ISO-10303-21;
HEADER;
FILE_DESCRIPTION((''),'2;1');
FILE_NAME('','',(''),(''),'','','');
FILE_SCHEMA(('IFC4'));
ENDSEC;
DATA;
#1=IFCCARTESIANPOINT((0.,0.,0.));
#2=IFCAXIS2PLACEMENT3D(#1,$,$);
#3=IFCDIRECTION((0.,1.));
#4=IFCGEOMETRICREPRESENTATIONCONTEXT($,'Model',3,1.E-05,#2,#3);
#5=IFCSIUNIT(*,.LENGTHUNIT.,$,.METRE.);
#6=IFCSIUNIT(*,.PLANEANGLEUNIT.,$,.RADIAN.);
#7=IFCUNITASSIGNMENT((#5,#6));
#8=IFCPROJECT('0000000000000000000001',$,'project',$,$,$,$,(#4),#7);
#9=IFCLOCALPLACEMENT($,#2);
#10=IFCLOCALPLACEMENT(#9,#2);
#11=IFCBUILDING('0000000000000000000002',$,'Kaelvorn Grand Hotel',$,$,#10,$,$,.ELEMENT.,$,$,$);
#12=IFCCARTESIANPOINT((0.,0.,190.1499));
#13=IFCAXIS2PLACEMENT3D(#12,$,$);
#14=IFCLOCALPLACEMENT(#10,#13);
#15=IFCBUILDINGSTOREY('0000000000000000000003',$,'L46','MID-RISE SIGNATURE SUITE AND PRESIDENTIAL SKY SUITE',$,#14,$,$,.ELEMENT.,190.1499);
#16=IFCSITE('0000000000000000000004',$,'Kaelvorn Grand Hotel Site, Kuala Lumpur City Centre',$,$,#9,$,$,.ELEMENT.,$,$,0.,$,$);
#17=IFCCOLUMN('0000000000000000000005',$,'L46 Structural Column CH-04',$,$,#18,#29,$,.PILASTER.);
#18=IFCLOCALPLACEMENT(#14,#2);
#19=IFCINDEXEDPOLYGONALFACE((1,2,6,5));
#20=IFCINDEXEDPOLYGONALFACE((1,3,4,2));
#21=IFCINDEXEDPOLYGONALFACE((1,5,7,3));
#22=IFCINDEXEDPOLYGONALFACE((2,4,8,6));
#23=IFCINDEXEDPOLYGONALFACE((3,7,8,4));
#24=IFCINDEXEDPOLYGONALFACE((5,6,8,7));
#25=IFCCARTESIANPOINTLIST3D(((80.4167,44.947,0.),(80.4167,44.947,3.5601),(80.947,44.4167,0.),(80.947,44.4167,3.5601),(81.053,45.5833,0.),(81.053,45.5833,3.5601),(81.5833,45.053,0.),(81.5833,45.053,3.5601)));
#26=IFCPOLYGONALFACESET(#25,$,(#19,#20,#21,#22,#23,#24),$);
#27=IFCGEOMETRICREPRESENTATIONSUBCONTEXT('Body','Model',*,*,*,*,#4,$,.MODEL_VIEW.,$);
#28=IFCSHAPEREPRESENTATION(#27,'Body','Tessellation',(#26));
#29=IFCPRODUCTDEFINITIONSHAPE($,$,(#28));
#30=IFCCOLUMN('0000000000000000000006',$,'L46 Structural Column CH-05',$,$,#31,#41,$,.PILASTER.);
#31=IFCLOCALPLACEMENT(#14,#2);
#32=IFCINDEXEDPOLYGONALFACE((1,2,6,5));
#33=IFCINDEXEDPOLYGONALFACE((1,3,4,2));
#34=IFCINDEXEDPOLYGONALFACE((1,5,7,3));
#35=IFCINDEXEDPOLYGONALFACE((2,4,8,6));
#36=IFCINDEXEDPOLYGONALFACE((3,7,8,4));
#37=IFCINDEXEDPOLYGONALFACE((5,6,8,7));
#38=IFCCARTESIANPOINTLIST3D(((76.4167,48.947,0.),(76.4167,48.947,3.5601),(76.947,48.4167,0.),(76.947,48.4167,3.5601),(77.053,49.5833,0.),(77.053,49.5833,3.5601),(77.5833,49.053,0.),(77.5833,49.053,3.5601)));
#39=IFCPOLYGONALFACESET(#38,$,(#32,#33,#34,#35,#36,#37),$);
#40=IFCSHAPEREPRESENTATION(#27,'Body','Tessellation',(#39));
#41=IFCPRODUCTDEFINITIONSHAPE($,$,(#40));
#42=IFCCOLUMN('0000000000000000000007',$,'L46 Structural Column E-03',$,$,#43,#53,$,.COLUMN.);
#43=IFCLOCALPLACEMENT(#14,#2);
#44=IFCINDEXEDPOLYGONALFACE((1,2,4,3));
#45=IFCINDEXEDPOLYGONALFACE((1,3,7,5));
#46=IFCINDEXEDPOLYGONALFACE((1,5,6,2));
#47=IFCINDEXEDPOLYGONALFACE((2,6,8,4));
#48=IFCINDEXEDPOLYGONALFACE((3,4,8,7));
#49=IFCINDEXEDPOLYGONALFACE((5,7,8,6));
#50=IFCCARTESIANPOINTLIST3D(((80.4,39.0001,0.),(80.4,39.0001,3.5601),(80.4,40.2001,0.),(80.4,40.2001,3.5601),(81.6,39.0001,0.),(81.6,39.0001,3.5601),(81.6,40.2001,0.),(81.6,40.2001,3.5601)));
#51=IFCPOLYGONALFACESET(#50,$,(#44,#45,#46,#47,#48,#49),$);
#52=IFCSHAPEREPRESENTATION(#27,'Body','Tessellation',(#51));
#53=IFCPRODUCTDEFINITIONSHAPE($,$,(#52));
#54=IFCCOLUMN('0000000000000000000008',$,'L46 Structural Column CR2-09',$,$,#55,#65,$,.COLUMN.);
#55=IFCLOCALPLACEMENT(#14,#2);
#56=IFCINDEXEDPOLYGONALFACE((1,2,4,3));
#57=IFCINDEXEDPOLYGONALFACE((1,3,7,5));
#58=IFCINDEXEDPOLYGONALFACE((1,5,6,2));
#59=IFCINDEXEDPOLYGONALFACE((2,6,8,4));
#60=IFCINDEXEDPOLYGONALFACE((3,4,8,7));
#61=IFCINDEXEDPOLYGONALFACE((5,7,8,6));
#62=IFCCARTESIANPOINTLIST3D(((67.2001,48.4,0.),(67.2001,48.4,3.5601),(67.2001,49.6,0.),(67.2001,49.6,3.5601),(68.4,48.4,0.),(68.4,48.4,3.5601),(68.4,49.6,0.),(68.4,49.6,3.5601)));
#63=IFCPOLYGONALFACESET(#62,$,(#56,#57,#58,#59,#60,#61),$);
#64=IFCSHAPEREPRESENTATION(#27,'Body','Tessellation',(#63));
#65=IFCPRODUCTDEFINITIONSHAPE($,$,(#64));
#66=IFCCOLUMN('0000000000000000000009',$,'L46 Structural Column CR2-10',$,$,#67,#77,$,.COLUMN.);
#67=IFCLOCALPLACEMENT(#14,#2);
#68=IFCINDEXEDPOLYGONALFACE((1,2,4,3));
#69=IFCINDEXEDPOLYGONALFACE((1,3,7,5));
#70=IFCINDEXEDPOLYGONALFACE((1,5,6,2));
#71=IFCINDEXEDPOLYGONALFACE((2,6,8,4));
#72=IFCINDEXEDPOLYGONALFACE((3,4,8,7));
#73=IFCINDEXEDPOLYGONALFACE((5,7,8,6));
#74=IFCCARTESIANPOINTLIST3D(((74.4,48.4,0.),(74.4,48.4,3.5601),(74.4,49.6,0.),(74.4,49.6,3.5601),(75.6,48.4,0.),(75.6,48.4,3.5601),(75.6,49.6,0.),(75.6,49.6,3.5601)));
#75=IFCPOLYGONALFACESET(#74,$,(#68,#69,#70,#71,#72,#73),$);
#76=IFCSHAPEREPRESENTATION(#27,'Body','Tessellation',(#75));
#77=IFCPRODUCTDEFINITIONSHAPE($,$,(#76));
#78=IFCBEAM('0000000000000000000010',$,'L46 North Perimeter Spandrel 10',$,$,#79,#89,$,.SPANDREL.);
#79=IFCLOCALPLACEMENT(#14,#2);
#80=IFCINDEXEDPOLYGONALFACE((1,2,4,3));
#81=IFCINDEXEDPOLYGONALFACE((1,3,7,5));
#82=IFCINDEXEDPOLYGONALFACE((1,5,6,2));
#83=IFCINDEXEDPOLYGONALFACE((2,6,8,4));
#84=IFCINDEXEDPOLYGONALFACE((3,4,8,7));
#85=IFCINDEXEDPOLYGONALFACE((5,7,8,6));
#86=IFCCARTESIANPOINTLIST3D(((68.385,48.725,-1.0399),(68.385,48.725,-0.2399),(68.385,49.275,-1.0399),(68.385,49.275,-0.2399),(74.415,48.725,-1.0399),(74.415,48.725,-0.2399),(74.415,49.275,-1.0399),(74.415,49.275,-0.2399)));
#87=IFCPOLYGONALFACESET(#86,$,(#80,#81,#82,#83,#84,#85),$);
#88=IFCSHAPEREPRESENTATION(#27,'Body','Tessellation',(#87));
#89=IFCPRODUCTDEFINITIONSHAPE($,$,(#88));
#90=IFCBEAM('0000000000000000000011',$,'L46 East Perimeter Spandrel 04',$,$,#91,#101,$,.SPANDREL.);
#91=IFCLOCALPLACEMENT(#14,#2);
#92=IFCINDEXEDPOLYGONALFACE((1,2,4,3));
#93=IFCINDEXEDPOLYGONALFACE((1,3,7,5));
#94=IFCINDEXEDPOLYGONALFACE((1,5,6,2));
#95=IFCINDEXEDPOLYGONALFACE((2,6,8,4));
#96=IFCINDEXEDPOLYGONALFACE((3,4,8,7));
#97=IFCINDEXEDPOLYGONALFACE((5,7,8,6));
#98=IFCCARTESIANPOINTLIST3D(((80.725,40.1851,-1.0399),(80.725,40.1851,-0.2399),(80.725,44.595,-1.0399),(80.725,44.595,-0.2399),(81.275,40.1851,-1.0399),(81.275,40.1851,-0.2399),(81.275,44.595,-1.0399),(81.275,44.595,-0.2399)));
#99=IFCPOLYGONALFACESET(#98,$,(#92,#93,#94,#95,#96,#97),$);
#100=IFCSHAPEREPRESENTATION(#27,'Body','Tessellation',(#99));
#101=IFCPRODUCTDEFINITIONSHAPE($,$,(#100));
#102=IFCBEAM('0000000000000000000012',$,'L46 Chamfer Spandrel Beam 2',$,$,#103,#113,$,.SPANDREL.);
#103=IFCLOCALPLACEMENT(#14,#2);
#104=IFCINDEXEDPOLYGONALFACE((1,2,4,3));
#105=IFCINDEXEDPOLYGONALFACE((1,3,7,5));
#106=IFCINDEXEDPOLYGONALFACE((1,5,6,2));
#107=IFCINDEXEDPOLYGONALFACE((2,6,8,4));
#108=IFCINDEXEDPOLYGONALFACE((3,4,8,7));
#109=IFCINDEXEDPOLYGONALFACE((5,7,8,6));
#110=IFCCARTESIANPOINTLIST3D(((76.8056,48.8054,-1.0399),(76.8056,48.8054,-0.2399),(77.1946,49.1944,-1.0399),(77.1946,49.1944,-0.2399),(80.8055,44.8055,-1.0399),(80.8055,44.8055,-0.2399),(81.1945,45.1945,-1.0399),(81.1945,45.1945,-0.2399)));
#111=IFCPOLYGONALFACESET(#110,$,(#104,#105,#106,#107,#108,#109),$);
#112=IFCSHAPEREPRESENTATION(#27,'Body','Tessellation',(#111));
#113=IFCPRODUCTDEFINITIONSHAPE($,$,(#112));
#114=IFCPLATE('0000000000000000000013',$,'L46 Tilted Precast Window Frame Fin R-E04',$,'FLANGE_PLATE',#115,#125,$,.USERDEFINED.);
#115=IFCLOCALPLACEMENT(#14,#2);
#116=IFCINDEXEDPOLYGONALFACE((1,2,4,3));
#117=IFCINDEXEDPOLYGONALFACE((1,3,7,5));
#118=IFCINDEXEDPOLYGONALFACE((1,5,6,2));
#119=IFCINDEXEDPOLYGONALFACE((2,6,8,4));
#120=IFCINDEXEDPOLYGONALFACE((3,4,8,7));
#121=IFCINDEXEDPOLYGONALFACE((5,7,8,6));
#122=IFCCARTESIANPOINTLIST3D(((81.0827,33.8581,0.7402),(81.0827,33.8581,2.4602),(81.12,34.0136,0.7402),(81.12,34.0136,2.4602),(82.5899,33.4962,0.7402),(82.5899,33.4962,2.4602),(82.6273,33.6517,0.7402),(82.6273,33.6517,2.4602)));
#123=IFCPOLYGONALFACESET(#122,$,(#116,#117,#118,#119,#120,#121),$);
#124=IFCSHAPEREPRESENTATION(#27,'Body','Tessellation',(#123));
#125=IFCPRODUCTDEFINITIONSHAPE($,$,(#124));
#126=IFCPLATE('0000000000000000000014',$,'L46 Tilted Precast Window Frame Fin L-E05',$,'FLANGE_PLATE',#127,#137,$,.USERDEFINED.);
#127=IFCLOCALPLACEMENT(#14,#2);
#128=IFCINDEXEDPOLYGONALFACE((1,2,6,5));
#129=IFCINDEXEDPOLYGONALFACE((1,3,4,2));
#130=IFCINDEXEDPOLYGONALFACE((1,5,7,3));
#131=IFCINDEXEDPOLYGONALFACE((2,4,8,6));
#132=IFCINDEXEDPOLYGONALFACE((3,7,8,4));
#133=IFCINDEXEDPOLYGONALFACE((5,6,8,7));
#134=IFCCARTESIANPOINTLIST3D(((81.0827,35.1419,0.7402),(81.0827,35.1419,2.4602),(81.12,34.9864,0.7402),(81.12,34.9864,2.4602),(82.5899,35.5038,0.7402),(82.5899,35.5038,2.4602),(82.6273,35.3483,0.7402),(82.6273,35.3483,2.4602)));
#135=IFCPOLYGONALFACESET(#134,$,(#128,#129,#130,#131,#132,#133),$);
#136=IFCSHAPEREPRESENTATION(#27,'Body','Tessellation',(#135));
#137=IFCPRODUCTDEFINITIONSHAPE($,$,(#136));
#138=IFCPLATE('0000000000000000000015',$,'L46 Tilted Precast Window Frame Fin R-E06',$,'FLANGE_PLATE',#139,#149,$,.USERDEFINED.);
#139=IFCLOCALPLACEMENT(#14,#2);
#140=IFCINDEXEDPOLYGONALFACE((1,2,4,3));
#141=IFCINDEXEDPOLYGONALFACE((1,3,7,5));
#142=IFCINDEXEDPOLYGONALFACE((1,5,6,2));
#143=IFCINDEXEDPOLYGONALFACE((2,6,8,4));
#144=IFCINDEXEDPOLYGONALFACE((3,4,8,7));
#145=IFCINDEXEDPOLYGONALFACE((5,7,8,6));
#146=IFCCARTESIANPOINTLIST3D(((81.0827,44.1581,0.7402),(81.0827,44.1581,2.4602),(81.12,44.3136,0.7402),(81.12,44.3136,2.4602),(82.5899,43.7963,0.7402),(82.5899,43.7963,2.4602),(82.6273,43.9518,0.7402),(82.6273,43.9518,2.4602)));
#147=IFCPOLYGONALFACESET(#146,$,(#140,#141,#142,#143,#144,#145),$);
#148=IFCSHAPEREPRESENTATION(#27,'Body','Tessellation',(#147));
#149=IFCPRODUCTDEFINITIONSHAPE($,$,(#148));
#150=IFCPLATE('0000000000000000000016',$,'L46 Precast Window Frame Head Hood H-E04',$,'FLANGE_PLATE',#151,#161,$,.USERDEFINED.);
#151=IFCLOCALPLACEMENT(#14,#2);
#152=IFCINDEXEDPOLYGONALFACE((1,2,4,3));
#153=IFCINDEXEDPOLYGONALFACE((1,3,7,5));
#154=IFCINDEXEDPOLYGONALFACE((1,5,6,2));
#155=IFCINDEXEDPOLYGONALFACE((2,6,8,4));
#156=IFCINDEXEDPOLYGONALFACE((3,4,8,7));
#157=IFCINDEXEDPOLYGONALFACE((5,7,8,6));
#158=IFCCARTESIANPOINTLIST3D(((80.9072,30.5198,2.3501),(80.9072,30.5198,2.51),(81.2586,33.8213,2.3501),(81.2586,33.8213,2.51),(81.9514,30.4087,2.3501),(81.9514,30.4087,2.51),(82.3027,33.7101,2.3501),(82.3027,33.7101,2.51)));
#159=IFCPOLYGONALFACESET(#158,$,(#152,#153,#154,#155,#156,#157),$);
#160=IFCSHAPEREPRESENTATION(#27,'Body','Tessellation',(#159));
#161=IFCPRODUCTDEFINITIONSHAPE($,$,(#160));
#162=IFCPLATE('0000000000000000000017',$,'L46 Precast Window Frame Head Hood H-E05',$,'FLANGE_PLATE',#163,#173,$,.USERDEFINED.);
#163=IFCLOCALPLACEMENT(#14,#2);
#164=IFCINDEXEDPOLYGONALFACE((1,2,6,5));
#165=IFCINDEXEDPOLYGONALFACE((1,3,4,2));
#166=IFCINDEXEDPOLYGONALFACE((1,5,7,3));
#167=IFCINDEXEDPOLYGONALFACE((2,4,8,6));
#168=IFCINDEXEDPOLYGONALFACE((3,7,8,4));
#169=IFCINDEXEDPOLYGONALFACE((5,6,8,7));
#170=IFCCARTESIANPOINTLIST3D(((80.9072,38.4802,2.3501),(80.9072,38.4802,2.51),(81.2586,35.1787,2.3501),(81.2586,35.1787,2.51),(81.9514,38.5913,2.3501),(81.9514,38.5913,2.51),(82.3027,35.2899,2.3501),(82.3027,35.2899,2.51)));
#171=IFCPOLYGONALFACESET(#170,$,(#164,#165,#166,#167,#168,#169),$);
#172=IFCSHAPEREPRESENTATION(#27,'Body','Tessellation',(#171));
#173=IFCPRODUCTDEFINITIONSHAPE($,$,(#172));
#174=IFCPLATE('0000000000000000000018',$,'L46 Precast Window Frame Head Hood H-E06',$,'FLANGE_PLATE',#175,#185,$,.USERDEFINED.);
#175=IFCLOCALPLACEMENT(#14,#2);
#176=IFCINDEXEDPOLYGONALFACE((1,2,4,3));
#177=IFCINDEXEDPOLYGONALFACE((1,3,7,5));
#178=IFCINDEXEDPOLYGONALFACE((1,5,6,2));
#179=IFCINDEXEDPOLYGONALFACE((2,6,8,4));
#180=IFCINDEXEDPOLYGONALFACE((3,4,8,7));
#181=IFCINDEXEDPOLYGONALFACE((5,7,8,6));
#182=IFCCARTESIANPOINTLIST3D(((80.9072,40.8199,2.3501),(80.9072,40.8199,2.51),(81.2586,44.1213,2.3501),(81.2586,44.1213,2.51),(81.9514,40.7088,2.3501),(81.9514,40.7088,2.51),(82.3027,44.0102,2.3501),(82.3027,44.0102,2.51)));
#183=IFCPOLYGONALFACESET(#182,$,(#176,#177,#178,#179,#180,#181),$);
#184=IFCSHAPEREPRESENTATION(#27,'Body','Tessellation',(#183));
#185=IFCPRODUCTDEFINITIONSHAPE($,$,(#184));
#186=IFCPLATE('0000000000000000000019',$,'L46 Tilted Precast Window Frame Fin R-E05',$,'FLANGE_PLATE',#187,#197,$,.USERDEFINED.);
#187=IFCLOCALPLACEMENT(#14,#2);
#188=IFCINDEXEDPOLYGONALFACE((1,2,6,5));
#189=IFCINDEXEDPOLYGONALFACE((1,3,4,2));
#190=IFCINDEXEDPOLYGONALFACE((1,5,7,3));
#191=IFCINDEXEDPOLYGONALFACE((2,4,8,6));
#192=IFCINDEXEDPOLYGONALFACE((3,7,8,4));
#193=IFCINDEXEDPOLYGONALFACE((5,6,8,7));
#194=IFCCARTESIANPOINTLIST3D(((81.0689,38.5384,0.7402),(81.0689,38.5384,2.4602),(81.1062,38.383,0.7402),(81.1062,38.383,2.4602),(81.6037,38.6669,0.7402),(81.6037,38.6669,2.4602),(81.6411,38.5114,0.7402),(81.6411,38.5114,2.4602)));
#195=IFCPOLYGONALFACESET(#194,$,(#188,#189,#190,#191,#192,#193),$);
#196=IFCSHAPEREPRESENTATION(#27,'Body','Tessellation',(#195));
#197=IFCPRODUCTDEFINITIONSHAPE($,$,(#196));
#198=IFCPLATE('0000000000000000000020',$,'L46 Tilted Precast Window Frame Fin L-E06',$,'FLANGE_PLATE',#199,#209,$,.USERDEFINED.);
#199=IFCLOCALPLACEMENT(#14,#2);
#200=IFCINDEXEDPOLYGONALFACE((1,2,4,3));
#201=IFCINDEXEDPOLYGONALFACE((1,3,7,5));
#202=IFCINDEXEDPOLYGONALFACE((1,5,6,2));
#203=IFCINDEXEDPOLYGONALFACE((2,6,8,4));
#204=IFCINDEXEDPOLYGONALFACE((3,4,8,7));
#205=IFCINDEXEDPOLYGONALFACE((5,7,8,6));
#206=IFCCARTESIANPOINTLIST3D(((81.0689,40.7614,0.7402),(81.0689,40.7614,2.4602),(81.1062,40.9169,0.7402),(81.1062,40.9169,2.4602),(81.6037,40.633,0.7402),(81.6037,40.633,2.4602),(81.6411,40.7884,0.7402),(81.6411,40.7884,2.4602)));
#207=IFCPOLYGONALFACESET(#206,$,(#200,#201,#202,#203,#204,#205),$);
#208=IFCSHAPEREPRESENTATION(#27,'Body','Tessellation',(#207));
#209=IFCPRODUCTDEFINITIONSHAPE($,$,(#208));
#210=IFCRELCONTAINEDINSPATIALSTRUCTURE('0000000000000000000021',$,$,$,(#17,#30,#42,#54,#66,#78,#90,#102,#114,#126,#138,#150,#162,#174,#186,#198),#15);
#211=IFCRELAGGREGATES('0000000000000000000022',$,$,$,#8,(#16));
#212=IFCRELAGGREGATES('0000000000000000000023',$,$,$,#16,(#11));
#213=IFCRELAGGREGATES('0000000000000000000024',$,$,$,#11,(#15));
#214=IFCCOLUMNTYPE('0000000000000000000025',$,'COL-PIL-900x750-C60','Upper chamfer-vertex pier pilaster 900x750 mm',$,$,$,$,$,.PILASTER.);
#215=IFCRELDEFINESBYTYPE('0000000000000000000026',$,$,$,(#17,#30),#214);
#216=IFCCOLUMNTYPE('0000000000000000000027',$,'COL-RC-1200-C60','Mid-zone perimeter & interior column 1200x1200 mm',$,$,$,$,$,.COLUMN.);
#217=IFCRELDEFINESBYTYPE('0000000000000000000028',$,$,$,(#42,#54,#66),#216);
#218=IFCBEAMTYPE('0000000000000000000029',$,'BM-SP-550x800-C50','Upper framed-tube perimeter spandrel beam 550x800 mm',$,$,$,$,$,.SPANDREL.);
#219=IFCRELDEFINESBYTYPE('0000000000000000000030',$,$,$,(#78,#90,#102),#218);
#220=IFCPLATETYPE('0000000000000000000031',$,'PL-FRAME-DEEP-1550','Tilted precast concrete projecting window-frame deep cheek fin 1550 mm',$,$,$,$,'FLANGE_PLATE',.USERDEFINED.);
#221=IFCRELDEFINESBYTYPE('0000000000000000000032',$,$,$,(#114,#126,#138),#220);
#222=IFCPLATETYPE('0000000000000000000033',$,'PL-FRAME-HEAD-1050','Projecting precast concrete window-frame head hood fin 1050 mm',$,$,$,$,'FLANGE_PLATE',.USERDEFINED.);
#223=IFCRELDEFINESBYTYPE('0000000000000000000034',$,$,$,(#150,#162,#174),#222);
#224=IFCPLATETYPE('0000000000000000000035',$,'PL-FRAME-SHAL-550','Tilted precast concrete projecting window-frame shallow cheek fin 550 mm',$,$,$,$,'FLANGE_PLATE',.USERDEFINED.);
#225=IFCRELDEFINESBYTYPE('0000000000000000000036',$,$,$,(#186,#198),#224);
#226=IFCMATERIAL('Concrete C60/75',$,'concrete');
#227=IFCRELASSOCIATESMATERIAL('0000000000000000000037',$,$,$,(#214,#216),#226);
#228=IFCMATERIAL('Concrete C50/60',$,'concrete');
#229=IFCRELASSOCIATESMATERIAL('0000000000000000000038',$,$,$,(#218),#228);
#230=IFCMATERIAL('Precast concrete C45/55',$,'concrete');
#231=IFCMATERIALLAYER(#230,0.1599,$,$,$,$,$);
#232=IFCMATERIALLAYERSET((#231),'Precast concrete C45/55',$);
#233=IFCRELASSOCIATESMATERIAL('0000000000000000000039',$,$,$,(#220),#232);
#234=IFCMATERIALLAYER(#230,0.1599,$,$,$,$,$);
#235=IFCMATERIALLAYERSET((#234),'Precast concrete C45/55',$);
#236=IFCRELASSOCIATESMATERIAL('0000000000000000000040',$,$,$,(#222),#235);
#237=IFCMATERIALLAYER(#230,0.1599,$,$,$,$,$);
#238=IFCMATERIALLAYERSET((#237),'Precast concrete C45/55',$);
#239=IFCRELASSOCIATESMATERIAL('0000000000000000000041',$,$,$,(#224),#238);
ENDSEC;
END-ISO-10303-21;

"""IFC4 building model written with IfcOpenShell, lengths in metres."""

from ifc_helpers import new_model, si_unit, direction, frame, origin, origin_2d, place, context, subcontext, project, spatial, rectangle, extrude, material, layer, layer_set, material_profile, profile_set, type_object, element, save


model = new_model("IFC4")

# Units and contexts
model_context = context("Model", 3, precision=1e-05, world=origin(), true_north=direction((0.0, 1.0)))
body_context = subcontext(model_context, "Body", "Model", "MODEL_VIEW")
ifc_project = project(units=[si_unit("LENGTHUNIT", "METRE"), si_unit("PLANEANGLEUNIT", "RADIAN")], contexts=[model_context])

# Site, building, storey
site_placement = place(None, origin())
site = spatial("IfcSite", under=ifc_project, at=site_placement, Name="Kaelvorn Grand Hotel Site, Kuala Lumpur City Centre", CompositionType="ELEMENT", RefElevation=0.0)
building_placement = place(site_placement, origin())
building = spatial("IfcBuilding", under=site, at=building_placement, Name="Kaelvorn Grand Hotel", CompositionType="ELEMENT")
storey_placement = place(building_placement, frame((0.0, 0.0, 190.1499)))
storey = spatial("IfcBuildingStorey", under=building, at=storey_placement, Name="L46", Description="MID-RISE SIGNATURE SUITE AND PRESIDENTIAL SKY SUITE", CompositionType="ELEMENT", Elevation=190.1499)

# Columns
ifc_material_1 = material(Name="Concrete C60/75", Category="concrete")
ifc_material_profile_1 = material_profile(ifc_material_1, rectangle(XDim=0.8999, YDim=0.75, at=origin_2d()), Name="RC PILASTER 900x750")
ifc_profile_set_1 = profile_set([ifc_material_profile_1], Name="Concrete C60/75")
column_type_1 = type_object("IfcColumnType", Name="COL-PIL-900x750-C60", Description="Upper chamfer-vertex pier pilaster 900x750 mm", PredefinedType="PILASTER", material=ifc_profile_set_1)
for number, where, z_axis, x_axis, name in (
    (1, (81.0, 45.0, 0.0), (0.0, 0.0, 1.0), (0.707107, 0.707107, 0.0), "L46 Structural Column CH-04"),
    (2, (77.0, 49.0, 0.0), (0.0, 0.0, 1.0), (0.707107, 0.707107, 0.0), "L46 Structural Column CH-05"),
):
    element("IfcColumn", number, at=place(storey_placement, frame(where, z_axis=z_axis, x_axis=x_axis)), inside=storey, type_object=column_type_1, Name=name, PredefinedType="PILASTER", context=body_context, shape_type="SweptSolid", body=[
        extrude(rectangle(XDim=0.8999, YDim=0.75, at=origin_2d()), origin(), (0.0, 0.0, 1.0), 3.5601),
    ])
ifc_material_profile_2 = material_profile(ifc_material_1, rectangle(XDim=1.2, YDim=1.2, at=origin_2d()), Name="RC COL 1200x1200")
ifc_profile_set_2 = profile_set([ifc_material_profile_2], Name="Concrete C60/75")
column_type_2 = type_object("IfcColumnType", Name="COL-RC-1200-C60", Description="Mid-zone perimeter & interior column 1200x1200 mm", PredefinedType="COLUMN", material=ifc_profile_set_2)
for number, where, z_axis, x_axis, name in (
    (3, (81.0, 39.6001, 0.0), (0.0, 0.0, 1.0), (1.0, 0.0, 0.0), "L46 Structural Column E-03"),
    (4, (67.8, 49.0, 0.0), (0.0, 0.0, 1.0), (1.0, 0.0, 0.0), "L46 Structural Column CR2-09"),
    (5, (75.0, 49.0, 0.0), (0.0, 0.0, 1.0), (1.0, 0.0, 0.0), "L46 Structural Column CR2-10"),
):
    element("IfcColumn", number, at=place(storey_placement, frame(where, z_axis=z_axis, x_axis=x_axis)), inside=storey, type_object=column_type_2, Name=name, PredefinedType="COLUMN", context=body_context, shape_type="SweptSolid", body=[
        extrude(rectangle(XDim=1.2, YDim=1.2, at=origin_2d()), origin(), (0.0, 0.0, 1.0), 3.5601),
    ])

# Beams
ifc_material_2 = material(Name="Concrete C50/60", Category="concrete")
ifc_material_profile_3 = material_profile(ifc_material_2, rectangle(XDim=0.55, YDim=0.8, at=origin_2d()), Name="RC SPANDREL 550x800")
ifc_profile_set_3 = profile_set([ifc_material_profile_3], Name="Concrete C50/60")
beam_type = type_object("IfcBeamType", Name="BM-SP-550x800-C50", Description="Upper framed-tube perimeter spandrel beam 550x800 mm", PredefinedType="SPANDREL", material=ifc_profile_set_3)
beam_1_placement = place(storey_placement, frame((68.385, 49.0, -0.6399), z_axis=(1.0, 0.0, 0.0), x_axis=(0.0, 1.0, 0.0)))
element("IfcBeam", 6, at=beam_1_placement, inside=storey, type_object=beam_type, Name="L46 North Perimeter Spandrel 10", PredefinedType="SPANDREL", context=body_context, shape_type="SweptSolid", body=[
    extrude(rectangle(XDim=0.55, YDim=0.8, at=origin_2d()), origin(), (0.0, 0.0, 1.0), 6.03),
])
beam_2_placement = place(storey_placement, frame((81.0, 40.1851, -0.6399), z_axis=(0.0, 1.0, 0.0), x_axis=(-1.0, 0.0, 0.0)))
element("IfcBeam", 7, at=beam_2_placement, inside=storey, type_object=beam_type, Name="L46 East Perimeter Spandrel 04", PredefinedType="SPANDREL", context=body_context, shape_type="SweptSolid", body=[
    extrude(rectangle(XDim=0.55, YDim=0.8, at=origin_2d()), origin(), (0.0, 0.0, 1.0), 4.4099),
])
beam_3_placement = place(storey_placement, frame((81.0, 45.0, -0.6399), z_axis=(-0.707107, 0.707107, 0.0), x_axis=(-0.707107, -0.707107, 0.0)))
element("IfcBeam", 8, at=beam_3_placement, inside=storey, type_object=beam_type, Name="L46 Chamfer Spandrel Beam 2", PredefinedType="SPANDREL", context=body_context, shape_type="SweptSolid", body=[
    extrude(rectangle(XDim=0.55, YDim=0.8, at=origin_2d()), origin(), (0.0, 0.0, 1.0), 5.6567),
])

# Plates
ifc_material_3 = material(Name="Precast concrete C45/55", Category="concrete")
ifc_layer_1 = layer(ifc_material_3, 0.1599)
ifc_layer_set_1 = layer_set([ifc_layer_1], Name="Precast concrete C45/55")
plate_type_1 = type_object("IfcPlateType", Name="PL-FRAME-DEEP-1550", Description="Tilted precast concrete projecting window-frame deep cheek fin 1550 mm", ElementType="FLANGE_PLATE", PredefinedType="USERDEFINED", material=ifc_layer_set_1)
for number, where, z_axis, x_axis, name in (
    (9, (81.855, 33.7549, 0.7402), (0.0, 0.0, 1.0), (0.233445, 0.97237, 0.0), "L46 Tilted Precast Window Frame Fin R-E04"),
    (10, (81.855, 35.2451, 0.7402), (0.0, 0.0, 1.0), (-0.233445, 0.97237, 0.0), "L46 Tilted Precast Window Frame Fin L-E05"),
    (11, (81.855, 44.0549, 0.7402), (0.0, 0.0, 1.0), (0.233445, 0.97237, 0.0), "L46 Tilted Precast Window Frame Fin R-E06"),
):
    element("IfcPlate", number, at=place(storey_placement, frame(where, z_axis=z_axis, x_axis=x_axis)), inside=storey, type_object=plate_type_1, Name=name, ObjectType="FLANGE_PLATE", PredefinedType="USERDEFINED", context=body_context, shape_type="SweptSolid", body=[
        extrude(rectangle(XDim=0.1599, YDim=1.55, at=origin_2d()), origin(), (0.0, 0.0, 1.0), 1.72),
    ])
ifc_layer_2 = layer(ifc_material_3, 0.1599)
ifc_layer_set_2 = layer_set([ifc_layer_2], Name="Precast concrete C45/55")
plate_type_2 = type_object("IfcPlateType", Name="PL-FRAME-HEAD-1050", Description="Projecting precast concrete window-frame head hood fin 1050 mm", ElementType="FLANGE_PLATE", PredefinedType="USERDEFINED", material=ifc_layer_set_2)
for number, where, z_axis, x_axis, name in (
    (12, (81.605, 32.115, 2.3501), (0.0, 0.0, 1.0), (0.10583, 0.994384, 0.0), "L46 Precast Window Frame Head Hood H-E04"),
    (13, (81.605, 36.885, 2.3501), (0.0, 0.0, 1.0), (-0.10583, 0.994384, 0.0), "L46 Precast Window Frame Head Hood H-E05"),
    (14, (81.605, 42.415, 2.3501), (0.0, 0.0, 1.0), (0.10583, 0.994384, 0.0), "L46 Precast Window Frame Head Hood H-E06"),
):
    element("IfcPlate", number, at=place(storey_placement, frame(where, z_axis=z_axis, x_axis=x_axis)), inside=storey, type_object=plate_type_2, Name=name, ObjectType="FLANGE_PLATE", PredefinedType="USERDEFINED", context=body_context, shape_type="SweptSolid", body=[
        extrude(rectangle(XDim=3.3201, YDim=1.05, at=origin_2d()), origin(), (0.0, 0.0, 1.0), 0.1599),
    ])
ifc_layer_3 = layer(ifc_material_3, 0.1599)
ifc_layer_set_3 = layer_set([ifc_layer_3], Name="Precast concrete C45/55")
plate_type_3 = type_object("IfcPlateType", Name="PL-FRAME-SHAL-550", Description="Tilted precast concrete projecting window-frame shallow cheek fin 550 mm", ElementType="FLANGE_PLATE", PredefinedType="USERDEFINED", material=ifc_layer_set_3)
for number, where, z_axis, x_axis, name in (
    (15, (81.355, 38.5249, 0.7402), (0.0, 0.0, 1.0), (-0.233445, 0.97237, 0.0), "L46 Tilted Precast Window Frame Fin R-E05"),
    (16, (81.355, 40.7749, 0.7402), (0.0, 0.0, 1.0), (0.233445, 0.97237, 0.0), "L46 Tilted Precast Window Frame Fin L-E06"),
):
    element("IfcPlate", number, at=place(storey_placement, frame(where, z_axis=z_axis, x_axis=x_axis)), inside=storey, type_object=plate_type_3, Name=name, ObjectType="FLANGE_PLATE", PredefinedType="USERDEFINED", context=body_context, shape_type="SweptSolid", body=[
        extrude(rectangle(XDim=0.1599, YDim=0.55, at=origin_2d()), origin(), (0.0, 0.0, 1.0), 1.72),
    ])

save(model, "model.ifc")
